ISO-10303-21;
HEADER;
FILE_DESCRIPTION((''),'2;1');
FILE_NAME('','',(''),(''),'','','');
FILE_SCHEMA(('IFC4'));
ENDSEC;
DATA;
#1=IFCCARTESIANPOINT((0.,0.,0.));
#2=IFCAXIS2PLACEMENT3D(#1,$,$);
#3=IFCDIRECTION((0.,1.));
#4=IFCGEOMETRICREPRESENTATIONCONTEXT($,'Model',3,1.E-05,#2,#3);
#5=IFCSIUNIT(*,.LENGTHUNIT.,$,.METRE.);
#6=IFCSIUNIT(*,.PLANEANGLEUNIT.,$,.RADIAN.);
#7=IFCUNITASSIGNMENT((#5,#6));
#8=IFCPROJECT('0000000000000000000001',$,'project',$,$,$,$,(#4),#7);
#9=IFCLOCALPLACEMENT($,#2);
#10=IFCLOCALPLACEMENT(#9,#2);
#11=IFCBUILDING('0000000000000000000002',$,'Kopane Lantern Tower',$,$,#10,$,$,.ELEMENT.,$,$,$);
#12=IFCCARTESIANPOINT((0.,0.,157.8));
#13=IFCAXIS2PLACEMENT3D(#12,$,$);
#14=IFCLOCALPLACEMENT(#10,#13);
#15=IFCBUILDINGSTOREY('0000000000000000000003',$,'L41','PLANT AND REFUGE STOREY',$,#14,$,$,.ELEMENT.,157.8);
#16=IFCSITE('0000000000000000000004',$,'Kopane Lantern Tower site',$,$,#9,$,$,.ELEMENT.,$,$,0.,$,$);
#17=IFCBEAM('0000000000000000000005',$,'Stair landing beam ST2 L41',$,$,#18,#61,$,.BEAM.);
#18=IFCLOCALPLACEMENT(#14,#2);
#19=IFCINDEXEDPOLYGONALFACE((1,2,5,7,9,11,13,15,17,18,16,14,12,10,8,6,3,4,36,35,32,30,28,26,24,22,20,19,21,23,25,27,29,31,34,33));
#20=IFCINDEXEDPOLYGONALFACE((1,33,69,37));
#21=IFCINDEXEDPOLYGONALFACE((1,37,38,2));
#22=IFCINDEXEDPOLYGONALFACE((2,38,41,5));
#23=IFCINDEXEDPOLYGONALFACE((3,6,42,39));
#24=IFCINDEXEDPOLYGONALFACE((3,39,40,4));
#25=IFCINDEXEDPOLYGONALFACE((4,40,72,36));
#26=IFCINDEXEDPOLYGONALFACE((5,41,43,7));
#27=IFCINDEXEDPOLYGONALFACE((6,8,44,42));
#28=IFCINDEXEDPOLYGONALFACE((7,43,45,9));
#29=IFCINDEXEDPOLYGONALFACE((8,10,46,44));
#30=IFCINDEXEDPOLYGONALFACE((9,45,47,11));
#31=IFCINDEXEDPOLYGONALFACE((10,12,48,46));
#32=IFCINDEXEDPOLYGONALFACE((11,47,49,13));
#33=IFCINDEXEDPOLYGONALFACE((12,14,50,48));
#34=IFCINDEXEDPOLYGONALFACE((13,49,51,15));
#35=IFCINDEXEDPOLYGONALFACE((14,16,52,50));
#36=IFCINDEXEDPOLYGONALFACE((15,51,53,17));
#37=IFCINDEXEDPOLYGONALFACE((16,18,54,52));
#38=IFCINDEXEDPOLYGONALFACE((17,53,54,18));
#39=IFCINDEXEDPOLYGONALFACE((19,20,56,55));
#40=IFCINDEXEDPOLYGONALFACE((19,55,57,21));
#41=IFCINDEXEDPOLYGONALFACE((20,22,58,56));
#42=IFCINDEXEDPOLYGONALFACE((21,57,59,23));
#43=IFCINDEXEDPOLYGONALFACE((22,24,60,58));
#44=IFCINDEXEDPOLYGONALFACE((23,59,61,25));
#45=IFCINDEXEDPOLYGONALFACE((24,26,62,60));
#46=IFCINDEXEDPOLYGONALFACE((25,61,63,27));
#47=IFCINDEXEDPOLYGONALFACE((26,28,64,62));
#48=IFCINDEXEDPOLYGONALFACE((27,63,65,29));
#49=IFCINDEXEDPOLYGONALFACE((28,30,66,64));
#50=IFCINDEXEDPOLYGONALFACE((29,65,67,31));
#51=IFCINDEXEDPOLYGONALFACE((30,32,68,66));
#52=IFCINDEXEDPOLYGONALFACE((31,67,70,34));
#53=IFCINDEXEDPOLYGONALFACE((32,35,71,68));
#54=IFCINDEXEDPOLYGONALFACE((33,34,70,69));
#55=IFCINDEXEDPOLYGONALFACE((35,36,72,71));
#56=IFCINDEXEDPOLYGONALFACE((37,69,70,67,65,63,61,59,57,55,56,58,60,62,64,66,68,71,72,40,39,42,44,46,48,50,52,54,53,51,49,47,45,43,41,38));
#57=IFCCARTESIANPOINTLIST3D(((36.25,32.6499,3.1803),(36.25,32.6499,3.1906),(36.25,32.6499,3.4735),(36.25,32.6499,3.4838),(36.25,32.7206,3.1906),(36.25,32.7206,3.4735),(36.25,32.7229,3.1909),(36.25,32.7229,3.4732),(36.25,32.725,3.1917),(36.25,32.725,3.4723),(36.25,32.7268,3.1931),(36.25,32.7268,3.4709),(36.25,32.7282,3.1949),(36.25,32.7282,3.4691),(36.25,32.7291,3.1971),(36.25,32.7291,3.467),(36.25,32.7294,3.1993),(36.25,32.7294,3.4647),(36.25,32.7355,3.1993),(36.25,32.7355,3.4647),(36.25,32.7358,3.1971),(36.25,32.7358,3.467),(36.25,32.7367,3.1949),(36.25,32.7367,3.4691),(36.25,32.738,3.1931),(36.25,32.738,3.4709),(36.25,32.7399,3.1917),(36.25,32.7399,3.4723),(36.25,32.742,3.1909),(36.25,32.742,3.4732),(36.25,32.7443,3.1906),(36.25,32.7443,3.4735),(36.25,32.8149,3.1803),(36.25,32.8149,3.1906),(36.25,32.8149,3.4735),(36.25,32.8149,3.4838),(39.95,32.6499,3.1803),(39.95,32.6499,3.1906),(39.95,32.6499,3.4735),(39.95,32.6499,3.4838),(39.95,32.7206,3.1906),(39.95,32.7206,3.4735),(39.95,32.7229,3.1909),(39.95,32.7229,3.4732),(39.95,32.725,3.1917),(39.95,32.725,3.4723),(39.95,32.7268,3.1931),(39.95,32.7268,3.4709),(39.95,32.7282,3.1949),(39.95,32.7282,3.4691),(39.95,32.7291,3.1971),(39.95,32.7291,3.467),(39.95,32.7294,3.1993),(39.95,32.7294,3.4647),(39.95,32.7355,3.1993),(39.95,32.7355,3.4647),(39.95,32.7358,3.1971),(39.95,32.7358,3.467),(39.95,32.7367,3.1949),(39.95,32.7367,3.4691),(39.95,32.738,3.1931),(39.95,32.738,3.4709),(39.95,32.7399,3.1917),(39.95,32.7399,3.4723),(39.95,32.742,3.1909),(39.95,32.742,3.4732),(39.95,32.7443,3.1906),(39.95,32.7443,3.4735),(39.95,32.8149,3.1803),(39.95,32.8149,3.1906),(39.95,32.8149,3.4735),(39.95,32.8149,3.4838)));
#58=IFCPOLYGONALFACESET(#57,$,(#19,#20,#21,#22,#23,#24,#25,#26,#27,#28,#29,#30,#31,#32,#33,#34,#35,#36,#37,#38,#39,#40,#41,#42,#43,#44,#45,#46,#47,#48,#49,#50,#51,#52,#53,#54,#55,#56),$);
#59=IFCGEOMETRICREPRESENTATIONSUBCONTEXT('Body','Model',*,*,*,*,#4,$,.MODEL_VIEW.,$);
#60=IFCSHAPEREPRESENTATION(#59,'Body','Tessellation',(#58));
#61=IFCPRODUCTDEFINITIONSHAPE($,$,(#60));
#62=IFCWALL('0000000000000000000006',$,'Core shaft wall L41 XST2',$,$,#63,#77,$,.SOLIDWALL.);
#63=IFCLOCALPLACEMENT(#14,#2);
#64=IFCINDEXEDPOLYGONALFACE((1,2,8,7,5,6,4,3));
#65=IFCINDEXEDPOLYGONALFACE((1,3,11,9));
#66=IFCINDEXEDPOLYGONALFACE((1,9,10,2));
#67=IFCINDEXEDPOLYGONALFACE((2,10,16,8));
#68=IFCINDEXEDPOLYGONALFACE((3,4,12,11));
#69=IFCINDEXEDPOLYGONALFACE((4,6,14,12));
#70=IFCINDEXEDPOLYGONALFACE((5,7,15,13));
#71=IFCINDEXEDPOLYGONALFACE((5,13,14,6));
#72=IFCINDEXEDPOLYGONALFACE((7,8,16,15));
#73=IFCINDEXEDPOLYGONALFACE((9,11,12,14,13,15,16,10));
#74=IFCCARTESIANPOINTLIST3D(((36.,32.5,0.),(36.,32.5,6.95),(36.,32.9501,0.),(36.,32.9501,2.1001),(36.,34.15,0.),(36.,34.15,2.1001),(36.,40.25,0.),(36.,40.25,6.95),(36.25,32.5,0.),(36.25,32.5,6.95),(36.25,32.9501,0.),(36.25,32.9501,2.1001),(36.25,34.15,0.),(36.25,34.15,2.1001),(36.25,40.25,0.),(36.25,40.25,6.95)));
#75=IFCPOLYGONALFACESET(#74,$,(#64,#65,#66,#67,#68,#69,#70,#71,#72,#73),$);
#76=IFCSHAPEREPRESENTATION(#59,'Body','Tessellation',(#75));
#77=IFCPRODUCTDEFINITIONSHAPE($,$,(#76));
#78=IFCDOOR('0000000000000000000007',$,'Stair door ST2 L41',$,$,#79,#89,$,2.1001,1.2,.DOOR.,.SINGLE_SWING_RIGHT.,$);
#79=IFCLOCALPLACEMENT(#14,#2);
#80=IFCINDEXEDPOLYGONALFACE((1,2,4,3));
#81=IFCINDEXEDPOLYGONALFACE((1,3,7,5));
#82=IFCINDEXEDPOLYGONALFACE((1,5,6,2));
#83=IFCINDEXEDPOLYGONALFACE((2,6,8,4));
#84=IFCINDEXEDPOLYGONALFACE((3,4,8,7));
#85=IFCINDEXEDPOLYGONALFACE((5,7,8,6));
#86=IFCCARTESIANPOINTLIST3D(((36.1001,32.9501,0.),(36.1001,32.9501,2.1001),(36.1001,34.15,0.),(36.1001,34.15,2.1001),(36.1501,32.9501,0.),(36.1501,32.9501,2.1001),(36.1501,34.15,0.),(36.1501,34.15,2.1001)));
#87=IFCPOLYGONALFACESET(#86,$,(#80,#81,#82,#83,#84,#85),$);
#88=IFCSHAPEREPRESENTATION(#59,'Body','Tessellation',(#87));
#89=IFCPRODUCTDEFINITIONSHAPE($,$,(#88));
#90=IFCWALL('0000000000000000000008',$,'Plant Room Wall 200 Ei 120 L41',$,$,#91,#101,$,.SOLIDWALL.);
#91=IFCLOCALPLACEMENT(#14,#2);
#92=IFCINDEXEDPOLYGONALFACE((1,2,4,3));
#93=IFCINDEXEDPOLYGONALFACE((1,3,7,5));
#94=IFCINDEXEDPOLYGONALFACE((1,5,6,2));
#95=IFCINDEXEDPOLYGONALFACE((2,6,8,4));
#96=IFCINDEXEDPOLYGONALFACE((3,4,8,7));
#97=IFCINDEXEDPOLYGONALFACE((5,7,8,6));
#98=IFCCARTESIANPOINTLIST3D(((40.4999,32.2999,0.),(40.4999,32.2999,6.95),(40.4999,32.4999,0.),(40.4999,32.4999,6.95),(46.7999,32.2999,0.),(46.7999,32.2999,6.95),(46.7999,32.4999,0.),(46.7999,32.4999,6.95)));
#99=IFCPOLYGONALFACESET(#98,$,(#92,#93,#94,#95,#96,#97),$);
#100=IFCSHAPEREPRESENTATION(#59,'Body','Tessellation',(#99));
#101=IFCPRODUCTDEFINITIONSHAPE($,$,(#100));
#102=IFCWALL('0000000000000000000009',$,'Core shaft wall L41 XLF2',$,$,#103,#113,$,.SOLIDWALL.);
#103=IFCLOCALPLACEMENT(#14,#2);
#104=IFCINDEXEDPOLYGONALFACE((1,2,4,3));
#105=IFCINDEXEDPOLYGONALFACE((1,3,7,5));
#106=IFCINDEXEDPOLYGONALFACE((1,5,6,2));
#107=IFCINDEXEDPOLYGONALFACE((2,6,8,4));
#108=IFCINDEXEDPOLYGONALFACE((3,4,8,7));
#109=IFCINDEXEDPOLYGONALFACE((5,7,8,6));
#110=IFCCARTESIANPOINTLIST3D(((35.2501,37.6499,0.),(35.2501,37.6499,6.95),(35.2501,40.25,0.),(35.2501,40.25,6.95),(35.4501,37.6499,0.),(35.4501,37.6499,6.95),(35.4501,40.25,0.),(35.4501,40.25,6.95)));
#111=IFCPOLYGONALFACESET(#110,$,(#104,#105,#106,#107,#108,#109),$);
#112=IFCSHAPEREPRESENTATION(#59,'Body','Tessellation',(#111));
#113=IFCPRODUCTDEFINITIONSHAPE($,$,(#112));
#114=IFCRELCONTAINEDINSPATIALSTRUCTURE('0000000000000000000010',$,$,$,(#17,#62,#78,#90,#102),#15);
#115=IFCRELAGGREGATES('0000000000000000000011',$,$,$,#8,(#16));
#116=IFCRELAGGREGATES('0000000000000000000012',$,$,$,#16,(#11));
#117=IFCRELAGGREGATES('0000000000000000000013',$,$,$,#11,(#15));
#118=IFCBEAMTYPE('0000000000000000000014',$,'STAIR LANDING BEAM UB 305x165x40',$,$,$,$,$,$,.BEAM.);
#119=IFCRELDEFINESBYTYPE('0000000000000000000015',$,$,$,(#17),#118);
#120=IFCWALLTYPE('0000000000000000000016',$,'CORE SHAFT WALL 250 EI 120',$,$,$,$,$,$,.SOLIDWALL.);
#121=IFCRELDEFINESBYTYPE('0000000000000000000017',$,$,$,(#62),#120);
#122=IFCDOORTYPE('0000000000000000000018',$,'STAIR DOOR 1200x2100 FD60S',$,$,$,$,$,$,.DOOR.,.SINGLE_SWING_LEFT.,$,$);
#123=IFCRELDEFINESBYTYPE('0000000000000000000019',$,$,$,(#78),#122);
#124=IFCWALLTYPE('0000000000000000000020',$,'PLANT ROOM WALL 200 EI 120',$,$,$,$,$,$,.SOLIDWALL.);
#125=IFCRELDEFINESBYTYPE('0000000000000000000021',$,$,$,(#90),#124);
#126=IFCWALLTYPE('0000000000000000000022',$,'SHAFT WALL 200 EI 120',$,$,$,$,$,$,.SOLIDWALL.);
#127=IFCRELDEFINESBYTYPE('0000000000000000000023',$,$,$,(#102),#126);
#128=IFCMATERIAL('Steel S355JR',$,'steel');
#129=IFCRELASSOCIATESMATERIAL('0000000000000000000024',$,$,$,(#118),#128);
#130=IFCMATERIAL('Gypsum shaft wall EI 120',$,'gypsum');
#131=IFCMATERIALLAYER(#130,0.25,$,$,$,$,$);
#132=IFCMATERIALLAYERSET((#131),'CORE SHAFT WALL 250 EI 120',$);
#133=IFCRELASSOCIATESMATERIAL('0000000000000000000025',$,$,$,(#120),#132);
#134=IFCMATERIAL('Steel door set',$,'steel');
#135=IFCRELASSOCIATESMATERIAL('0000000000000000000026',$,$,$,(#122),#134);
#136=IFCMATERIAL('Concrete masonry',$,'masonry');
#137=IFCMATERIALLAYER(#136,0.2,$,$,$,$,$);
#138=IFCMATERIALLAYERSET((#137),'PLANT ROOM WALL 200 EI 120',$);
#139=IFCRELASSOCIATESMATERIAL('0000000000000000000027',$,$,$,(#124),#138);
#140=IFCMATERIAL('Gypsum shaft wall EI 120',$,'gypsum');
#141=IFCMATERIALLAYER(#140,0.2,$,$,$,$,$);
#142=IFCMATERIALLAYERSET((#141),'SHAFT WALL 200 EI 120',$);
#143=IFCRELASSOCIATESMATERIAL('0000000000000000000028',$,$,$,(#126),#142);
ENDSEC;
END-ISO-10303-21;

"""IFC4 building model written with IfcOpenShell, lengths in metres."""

from ifc_helpers import new_model, si_unit, direction, frame, frame_2d, origin, origin_2d, place, context, subcontext, project, spatial, rectangle, i_section, extrude, material, layer, layer_set, material_profile, profile_set, type_object, element, fill, save


model = new_model("IFC4")

# Units and contexts
model_context = context("Model", 3, precision=1e-05, world=origin(), true_north=direction((0.0, 1.0)))
body_context = subcontext(model_context, "Body", "Model", "MODEL_VIEW")
ifc_project = project(units=[si_unit("LENGTHUNIT", "METRE"), si_unit("PLANEANGLEUNIT", "RADIAN")], contexts=[model_context])

# Site, building, storey
site_placement = place(None, origin())
site = spatial("IfcSite", under=ifc_project, at=site_placement, Name="Kopane Lantern Tower site", CompositionType="ELEMENT", RefElevation=0.0)
building_placement = place(site_placement, origin())
building = spatial("IfcBuilding", under=site, at=building_placement, Name="Kopane Lantern Tower", CompositionType="ELEMENT")
storey_placement = place(building_placement, frame((0.0, 0.0, 157.8)))
storey = spatial("IfcBuildingStorey", under=building, at=storey_placement, Name="L41", Description="PLANT AND REFUGE STOREY", CompositionType="ELEMENT", Elevation=157.8)

# Beam
ifc_material_1 = material(Name="Steel S355JR", Category="steel")
ifc_material_profile_1 = material_profile(ifc_material_1, i_section(OverallWidth=0.165, OverallDepth=0.3035, WebThickness=0.0061, FlangeThickness=0.0103, FilletRadius=0.0088, at=origin_2d()), Name="UB 305x165x40")
ifc_profile_set_1 = profile_set([ifc_material_profile_1], Name="Steel S355JR")
beam_type_1 = type_object("IfcBeamType", Name="STAIR LANDING BEAM UB 305x165x40", PredefinedType="BEAM", material=ifc_profile_set_1)
beam_placement = place(storey_placement, frame((39.95, 32.7324, 3.332), z_axis=(-1.0, 0.0, 0.0), x_axis=(0.0, -1.0, 0.0)))
element("IfcBeam", 1, at=beam_placement, inside=storey, type_object=beam_type_1, Name="Stair landing beam ST2 L41", PredefinedType="BEAM", context=body_context, shape_type="SweptSolid", body=[
    extrude(i_section(OverallWidth=0.165, OverallDepth=0.3035, WebThickness=0.0061, FlangeThickness=0.0103, FilletRadius=0.0088, at=origin_2d()), origin(), (0.0, 0.0, 1.0), 3.7),
])

# Wall, opening, door
ifc_material_2 = material(Name="Gypsum shaft wall EI 120", Category="gypsum")
ifc_layer_1 = layer(ifc_material_2, 0.25)
ifc_layer_set_1 = layer_set([ifc_layer_1], Name="CORE SHAFT WALL 250 EI 120")
wall_type_1 = type_object("IfcWallType", Name="CORE SHAFT WALL 250 EI 120", PredefinedType="SOLIDWALL", material=ifc_layer_set_1)
wall_1_placement = place(storey_placement, frame((36.125, 32.5, 0.0), z_axis=(0.0, 0.0, 1.0), x_axis=(0.0, 1.0, 0.0)))
wall_1 = element("IfcWall", 2, at=wall_1_placement, inside=storey, type_object=wall_type_1, Name="Core shaft wall L41 XST2", PredefinedType="SOLIDWALL", context=body_context, shape_type="SweptSolid", body=[
    extrude(rectangle(XDim=7.75, YDim=0.25, at=frame_2d((3.875, 0.0))), origin(), (0.0, 0.0, 1.0), 6.95),
])
opening_1_placement = place(wall_1_placement, frame((0.45, 0.0, 0.0)))
opening_1 = element("IfcOpeningElement", 3, at=opening_1_placement, cuts=wall_1, PredefinedType="OPENING", context=body_context, shape_type="SweptSolid", body=[
    extrude(rectangle(XDim=1.2, YDim=2.1001, at=frame_2d((0.6001, 1.05))), frame((0.0, 0.135, 0.0), z_axis=(0.0, -1.0, 0.0), x_axis=(1.0, 0.0, 0.0)), (0.0, 0.0, 1.0), 0.27),
])
ifc_material_3 = material(Name="Steel door set", Category="steel")
door_type_1 = type_object("IfcDoorType", Name="STAIR DOOR 1200x2100 FD60S", OperationType="SINGLE_SWING_LEFT", PredefinedType="DOOR", material=ifc_material_3)
door_1_placement = place(opening_1_placement, origin())
door_1 = element("IfcDoor", 4, at=door_1_placement, inside=storey, type_object=door_type_1, Name="Stair door ST2 L41", OperationType="SINGLE_SWING_RIGHT", OverallHeight=2.1001, OverallWidth=1.2, PredefinedType="DOOR", context=body_context, shape_type="SweptSolid", body=[
    extrude(rectangle(XDim=1.2, YDim=2.1001, at=frame_2d((0.6001, 1.05))), frame((0.0, 0.0249, 0.0), z_axis=(0.0, -1.0, 0.0), x_axis=(1.0, 0.0, 0.0)), (0.0, 0.0, 1.0), 0.05),
])
fill(opening_1, door_1)

# Walls
ifc_material_4 = material(Name="Concrete masonry", Category="masonry")
ifc_layer_2 = layer(ifc_material_4, 0.2)
ifc_layer_set_2 = layer_set([ifc_layer_2], Name="PLANT ROOM WALL 200 EI 120")
wall_type_2 = type_object("IfcWallType", Name="PLANT ROOM WALL 200 EI 120", PredefinedType="SOLIDWALL", material=ifc_layer_set_2)
wall_2_placement = place(storey_placement, frame((40.5, 32.3999, 0.0), z_axis=(0.0, 0.0, 1.0), x_axis=(1.0, 0.0, 0.0)))
element("IfcWall", 5, at=wall_2_placement, inside=storey, type_object=wall_type_2, Name="Plant Room Wall 200 Ei 120 L41", PredefinedType="SOLIDWALL", context=body_context, shape_type="SweptSolid", body=[
    extrude(rectangle(XDim=6.3, YDim=0.2, at=frame_2d((3.1499, 0.0))), origin(), (0.0, 0.0, 1.0), 6.95),
])
ifc_material_5 = material(Name="Gypsum shaft wall EI 120", Category="gypsum")
ifc_layer_3 = layer(ifc_material_5, 0.2)
ifc_layer_set_3 = layer_set([ifc_layer_3], Name="SHAFT WALL 200 EI 120")
wall_type_3 = type_object("IfcWallType", Name="SHAFT WALL 200 EI 120", PredefinedType="SOLIDWALL", material=ifc_layer_set_3)
wall_3_placement = place(storey_placement, frame((35.3501, 37.6499, 0.0), z_axis=(0.0, 0.0, 1.0), x_axis=(0.0, 1.0, 0.0)))
element("IfcWall", 6, at=wall_3_placement, inside=storey, type_object=wall_type_3, Name="Core shaft wall L41 XLF2", PredefinedType="SOLIDWALL", context=body_context, shape_type="SweptSolid", body=[
    extrude(rectangle(XDim=2.6001, YDim=0.2, at=frame_2d((1.3, 0.0))), origin(), (0.0, 0.0, 1.0), 6.95),
])

save(model, "model.ifc")
